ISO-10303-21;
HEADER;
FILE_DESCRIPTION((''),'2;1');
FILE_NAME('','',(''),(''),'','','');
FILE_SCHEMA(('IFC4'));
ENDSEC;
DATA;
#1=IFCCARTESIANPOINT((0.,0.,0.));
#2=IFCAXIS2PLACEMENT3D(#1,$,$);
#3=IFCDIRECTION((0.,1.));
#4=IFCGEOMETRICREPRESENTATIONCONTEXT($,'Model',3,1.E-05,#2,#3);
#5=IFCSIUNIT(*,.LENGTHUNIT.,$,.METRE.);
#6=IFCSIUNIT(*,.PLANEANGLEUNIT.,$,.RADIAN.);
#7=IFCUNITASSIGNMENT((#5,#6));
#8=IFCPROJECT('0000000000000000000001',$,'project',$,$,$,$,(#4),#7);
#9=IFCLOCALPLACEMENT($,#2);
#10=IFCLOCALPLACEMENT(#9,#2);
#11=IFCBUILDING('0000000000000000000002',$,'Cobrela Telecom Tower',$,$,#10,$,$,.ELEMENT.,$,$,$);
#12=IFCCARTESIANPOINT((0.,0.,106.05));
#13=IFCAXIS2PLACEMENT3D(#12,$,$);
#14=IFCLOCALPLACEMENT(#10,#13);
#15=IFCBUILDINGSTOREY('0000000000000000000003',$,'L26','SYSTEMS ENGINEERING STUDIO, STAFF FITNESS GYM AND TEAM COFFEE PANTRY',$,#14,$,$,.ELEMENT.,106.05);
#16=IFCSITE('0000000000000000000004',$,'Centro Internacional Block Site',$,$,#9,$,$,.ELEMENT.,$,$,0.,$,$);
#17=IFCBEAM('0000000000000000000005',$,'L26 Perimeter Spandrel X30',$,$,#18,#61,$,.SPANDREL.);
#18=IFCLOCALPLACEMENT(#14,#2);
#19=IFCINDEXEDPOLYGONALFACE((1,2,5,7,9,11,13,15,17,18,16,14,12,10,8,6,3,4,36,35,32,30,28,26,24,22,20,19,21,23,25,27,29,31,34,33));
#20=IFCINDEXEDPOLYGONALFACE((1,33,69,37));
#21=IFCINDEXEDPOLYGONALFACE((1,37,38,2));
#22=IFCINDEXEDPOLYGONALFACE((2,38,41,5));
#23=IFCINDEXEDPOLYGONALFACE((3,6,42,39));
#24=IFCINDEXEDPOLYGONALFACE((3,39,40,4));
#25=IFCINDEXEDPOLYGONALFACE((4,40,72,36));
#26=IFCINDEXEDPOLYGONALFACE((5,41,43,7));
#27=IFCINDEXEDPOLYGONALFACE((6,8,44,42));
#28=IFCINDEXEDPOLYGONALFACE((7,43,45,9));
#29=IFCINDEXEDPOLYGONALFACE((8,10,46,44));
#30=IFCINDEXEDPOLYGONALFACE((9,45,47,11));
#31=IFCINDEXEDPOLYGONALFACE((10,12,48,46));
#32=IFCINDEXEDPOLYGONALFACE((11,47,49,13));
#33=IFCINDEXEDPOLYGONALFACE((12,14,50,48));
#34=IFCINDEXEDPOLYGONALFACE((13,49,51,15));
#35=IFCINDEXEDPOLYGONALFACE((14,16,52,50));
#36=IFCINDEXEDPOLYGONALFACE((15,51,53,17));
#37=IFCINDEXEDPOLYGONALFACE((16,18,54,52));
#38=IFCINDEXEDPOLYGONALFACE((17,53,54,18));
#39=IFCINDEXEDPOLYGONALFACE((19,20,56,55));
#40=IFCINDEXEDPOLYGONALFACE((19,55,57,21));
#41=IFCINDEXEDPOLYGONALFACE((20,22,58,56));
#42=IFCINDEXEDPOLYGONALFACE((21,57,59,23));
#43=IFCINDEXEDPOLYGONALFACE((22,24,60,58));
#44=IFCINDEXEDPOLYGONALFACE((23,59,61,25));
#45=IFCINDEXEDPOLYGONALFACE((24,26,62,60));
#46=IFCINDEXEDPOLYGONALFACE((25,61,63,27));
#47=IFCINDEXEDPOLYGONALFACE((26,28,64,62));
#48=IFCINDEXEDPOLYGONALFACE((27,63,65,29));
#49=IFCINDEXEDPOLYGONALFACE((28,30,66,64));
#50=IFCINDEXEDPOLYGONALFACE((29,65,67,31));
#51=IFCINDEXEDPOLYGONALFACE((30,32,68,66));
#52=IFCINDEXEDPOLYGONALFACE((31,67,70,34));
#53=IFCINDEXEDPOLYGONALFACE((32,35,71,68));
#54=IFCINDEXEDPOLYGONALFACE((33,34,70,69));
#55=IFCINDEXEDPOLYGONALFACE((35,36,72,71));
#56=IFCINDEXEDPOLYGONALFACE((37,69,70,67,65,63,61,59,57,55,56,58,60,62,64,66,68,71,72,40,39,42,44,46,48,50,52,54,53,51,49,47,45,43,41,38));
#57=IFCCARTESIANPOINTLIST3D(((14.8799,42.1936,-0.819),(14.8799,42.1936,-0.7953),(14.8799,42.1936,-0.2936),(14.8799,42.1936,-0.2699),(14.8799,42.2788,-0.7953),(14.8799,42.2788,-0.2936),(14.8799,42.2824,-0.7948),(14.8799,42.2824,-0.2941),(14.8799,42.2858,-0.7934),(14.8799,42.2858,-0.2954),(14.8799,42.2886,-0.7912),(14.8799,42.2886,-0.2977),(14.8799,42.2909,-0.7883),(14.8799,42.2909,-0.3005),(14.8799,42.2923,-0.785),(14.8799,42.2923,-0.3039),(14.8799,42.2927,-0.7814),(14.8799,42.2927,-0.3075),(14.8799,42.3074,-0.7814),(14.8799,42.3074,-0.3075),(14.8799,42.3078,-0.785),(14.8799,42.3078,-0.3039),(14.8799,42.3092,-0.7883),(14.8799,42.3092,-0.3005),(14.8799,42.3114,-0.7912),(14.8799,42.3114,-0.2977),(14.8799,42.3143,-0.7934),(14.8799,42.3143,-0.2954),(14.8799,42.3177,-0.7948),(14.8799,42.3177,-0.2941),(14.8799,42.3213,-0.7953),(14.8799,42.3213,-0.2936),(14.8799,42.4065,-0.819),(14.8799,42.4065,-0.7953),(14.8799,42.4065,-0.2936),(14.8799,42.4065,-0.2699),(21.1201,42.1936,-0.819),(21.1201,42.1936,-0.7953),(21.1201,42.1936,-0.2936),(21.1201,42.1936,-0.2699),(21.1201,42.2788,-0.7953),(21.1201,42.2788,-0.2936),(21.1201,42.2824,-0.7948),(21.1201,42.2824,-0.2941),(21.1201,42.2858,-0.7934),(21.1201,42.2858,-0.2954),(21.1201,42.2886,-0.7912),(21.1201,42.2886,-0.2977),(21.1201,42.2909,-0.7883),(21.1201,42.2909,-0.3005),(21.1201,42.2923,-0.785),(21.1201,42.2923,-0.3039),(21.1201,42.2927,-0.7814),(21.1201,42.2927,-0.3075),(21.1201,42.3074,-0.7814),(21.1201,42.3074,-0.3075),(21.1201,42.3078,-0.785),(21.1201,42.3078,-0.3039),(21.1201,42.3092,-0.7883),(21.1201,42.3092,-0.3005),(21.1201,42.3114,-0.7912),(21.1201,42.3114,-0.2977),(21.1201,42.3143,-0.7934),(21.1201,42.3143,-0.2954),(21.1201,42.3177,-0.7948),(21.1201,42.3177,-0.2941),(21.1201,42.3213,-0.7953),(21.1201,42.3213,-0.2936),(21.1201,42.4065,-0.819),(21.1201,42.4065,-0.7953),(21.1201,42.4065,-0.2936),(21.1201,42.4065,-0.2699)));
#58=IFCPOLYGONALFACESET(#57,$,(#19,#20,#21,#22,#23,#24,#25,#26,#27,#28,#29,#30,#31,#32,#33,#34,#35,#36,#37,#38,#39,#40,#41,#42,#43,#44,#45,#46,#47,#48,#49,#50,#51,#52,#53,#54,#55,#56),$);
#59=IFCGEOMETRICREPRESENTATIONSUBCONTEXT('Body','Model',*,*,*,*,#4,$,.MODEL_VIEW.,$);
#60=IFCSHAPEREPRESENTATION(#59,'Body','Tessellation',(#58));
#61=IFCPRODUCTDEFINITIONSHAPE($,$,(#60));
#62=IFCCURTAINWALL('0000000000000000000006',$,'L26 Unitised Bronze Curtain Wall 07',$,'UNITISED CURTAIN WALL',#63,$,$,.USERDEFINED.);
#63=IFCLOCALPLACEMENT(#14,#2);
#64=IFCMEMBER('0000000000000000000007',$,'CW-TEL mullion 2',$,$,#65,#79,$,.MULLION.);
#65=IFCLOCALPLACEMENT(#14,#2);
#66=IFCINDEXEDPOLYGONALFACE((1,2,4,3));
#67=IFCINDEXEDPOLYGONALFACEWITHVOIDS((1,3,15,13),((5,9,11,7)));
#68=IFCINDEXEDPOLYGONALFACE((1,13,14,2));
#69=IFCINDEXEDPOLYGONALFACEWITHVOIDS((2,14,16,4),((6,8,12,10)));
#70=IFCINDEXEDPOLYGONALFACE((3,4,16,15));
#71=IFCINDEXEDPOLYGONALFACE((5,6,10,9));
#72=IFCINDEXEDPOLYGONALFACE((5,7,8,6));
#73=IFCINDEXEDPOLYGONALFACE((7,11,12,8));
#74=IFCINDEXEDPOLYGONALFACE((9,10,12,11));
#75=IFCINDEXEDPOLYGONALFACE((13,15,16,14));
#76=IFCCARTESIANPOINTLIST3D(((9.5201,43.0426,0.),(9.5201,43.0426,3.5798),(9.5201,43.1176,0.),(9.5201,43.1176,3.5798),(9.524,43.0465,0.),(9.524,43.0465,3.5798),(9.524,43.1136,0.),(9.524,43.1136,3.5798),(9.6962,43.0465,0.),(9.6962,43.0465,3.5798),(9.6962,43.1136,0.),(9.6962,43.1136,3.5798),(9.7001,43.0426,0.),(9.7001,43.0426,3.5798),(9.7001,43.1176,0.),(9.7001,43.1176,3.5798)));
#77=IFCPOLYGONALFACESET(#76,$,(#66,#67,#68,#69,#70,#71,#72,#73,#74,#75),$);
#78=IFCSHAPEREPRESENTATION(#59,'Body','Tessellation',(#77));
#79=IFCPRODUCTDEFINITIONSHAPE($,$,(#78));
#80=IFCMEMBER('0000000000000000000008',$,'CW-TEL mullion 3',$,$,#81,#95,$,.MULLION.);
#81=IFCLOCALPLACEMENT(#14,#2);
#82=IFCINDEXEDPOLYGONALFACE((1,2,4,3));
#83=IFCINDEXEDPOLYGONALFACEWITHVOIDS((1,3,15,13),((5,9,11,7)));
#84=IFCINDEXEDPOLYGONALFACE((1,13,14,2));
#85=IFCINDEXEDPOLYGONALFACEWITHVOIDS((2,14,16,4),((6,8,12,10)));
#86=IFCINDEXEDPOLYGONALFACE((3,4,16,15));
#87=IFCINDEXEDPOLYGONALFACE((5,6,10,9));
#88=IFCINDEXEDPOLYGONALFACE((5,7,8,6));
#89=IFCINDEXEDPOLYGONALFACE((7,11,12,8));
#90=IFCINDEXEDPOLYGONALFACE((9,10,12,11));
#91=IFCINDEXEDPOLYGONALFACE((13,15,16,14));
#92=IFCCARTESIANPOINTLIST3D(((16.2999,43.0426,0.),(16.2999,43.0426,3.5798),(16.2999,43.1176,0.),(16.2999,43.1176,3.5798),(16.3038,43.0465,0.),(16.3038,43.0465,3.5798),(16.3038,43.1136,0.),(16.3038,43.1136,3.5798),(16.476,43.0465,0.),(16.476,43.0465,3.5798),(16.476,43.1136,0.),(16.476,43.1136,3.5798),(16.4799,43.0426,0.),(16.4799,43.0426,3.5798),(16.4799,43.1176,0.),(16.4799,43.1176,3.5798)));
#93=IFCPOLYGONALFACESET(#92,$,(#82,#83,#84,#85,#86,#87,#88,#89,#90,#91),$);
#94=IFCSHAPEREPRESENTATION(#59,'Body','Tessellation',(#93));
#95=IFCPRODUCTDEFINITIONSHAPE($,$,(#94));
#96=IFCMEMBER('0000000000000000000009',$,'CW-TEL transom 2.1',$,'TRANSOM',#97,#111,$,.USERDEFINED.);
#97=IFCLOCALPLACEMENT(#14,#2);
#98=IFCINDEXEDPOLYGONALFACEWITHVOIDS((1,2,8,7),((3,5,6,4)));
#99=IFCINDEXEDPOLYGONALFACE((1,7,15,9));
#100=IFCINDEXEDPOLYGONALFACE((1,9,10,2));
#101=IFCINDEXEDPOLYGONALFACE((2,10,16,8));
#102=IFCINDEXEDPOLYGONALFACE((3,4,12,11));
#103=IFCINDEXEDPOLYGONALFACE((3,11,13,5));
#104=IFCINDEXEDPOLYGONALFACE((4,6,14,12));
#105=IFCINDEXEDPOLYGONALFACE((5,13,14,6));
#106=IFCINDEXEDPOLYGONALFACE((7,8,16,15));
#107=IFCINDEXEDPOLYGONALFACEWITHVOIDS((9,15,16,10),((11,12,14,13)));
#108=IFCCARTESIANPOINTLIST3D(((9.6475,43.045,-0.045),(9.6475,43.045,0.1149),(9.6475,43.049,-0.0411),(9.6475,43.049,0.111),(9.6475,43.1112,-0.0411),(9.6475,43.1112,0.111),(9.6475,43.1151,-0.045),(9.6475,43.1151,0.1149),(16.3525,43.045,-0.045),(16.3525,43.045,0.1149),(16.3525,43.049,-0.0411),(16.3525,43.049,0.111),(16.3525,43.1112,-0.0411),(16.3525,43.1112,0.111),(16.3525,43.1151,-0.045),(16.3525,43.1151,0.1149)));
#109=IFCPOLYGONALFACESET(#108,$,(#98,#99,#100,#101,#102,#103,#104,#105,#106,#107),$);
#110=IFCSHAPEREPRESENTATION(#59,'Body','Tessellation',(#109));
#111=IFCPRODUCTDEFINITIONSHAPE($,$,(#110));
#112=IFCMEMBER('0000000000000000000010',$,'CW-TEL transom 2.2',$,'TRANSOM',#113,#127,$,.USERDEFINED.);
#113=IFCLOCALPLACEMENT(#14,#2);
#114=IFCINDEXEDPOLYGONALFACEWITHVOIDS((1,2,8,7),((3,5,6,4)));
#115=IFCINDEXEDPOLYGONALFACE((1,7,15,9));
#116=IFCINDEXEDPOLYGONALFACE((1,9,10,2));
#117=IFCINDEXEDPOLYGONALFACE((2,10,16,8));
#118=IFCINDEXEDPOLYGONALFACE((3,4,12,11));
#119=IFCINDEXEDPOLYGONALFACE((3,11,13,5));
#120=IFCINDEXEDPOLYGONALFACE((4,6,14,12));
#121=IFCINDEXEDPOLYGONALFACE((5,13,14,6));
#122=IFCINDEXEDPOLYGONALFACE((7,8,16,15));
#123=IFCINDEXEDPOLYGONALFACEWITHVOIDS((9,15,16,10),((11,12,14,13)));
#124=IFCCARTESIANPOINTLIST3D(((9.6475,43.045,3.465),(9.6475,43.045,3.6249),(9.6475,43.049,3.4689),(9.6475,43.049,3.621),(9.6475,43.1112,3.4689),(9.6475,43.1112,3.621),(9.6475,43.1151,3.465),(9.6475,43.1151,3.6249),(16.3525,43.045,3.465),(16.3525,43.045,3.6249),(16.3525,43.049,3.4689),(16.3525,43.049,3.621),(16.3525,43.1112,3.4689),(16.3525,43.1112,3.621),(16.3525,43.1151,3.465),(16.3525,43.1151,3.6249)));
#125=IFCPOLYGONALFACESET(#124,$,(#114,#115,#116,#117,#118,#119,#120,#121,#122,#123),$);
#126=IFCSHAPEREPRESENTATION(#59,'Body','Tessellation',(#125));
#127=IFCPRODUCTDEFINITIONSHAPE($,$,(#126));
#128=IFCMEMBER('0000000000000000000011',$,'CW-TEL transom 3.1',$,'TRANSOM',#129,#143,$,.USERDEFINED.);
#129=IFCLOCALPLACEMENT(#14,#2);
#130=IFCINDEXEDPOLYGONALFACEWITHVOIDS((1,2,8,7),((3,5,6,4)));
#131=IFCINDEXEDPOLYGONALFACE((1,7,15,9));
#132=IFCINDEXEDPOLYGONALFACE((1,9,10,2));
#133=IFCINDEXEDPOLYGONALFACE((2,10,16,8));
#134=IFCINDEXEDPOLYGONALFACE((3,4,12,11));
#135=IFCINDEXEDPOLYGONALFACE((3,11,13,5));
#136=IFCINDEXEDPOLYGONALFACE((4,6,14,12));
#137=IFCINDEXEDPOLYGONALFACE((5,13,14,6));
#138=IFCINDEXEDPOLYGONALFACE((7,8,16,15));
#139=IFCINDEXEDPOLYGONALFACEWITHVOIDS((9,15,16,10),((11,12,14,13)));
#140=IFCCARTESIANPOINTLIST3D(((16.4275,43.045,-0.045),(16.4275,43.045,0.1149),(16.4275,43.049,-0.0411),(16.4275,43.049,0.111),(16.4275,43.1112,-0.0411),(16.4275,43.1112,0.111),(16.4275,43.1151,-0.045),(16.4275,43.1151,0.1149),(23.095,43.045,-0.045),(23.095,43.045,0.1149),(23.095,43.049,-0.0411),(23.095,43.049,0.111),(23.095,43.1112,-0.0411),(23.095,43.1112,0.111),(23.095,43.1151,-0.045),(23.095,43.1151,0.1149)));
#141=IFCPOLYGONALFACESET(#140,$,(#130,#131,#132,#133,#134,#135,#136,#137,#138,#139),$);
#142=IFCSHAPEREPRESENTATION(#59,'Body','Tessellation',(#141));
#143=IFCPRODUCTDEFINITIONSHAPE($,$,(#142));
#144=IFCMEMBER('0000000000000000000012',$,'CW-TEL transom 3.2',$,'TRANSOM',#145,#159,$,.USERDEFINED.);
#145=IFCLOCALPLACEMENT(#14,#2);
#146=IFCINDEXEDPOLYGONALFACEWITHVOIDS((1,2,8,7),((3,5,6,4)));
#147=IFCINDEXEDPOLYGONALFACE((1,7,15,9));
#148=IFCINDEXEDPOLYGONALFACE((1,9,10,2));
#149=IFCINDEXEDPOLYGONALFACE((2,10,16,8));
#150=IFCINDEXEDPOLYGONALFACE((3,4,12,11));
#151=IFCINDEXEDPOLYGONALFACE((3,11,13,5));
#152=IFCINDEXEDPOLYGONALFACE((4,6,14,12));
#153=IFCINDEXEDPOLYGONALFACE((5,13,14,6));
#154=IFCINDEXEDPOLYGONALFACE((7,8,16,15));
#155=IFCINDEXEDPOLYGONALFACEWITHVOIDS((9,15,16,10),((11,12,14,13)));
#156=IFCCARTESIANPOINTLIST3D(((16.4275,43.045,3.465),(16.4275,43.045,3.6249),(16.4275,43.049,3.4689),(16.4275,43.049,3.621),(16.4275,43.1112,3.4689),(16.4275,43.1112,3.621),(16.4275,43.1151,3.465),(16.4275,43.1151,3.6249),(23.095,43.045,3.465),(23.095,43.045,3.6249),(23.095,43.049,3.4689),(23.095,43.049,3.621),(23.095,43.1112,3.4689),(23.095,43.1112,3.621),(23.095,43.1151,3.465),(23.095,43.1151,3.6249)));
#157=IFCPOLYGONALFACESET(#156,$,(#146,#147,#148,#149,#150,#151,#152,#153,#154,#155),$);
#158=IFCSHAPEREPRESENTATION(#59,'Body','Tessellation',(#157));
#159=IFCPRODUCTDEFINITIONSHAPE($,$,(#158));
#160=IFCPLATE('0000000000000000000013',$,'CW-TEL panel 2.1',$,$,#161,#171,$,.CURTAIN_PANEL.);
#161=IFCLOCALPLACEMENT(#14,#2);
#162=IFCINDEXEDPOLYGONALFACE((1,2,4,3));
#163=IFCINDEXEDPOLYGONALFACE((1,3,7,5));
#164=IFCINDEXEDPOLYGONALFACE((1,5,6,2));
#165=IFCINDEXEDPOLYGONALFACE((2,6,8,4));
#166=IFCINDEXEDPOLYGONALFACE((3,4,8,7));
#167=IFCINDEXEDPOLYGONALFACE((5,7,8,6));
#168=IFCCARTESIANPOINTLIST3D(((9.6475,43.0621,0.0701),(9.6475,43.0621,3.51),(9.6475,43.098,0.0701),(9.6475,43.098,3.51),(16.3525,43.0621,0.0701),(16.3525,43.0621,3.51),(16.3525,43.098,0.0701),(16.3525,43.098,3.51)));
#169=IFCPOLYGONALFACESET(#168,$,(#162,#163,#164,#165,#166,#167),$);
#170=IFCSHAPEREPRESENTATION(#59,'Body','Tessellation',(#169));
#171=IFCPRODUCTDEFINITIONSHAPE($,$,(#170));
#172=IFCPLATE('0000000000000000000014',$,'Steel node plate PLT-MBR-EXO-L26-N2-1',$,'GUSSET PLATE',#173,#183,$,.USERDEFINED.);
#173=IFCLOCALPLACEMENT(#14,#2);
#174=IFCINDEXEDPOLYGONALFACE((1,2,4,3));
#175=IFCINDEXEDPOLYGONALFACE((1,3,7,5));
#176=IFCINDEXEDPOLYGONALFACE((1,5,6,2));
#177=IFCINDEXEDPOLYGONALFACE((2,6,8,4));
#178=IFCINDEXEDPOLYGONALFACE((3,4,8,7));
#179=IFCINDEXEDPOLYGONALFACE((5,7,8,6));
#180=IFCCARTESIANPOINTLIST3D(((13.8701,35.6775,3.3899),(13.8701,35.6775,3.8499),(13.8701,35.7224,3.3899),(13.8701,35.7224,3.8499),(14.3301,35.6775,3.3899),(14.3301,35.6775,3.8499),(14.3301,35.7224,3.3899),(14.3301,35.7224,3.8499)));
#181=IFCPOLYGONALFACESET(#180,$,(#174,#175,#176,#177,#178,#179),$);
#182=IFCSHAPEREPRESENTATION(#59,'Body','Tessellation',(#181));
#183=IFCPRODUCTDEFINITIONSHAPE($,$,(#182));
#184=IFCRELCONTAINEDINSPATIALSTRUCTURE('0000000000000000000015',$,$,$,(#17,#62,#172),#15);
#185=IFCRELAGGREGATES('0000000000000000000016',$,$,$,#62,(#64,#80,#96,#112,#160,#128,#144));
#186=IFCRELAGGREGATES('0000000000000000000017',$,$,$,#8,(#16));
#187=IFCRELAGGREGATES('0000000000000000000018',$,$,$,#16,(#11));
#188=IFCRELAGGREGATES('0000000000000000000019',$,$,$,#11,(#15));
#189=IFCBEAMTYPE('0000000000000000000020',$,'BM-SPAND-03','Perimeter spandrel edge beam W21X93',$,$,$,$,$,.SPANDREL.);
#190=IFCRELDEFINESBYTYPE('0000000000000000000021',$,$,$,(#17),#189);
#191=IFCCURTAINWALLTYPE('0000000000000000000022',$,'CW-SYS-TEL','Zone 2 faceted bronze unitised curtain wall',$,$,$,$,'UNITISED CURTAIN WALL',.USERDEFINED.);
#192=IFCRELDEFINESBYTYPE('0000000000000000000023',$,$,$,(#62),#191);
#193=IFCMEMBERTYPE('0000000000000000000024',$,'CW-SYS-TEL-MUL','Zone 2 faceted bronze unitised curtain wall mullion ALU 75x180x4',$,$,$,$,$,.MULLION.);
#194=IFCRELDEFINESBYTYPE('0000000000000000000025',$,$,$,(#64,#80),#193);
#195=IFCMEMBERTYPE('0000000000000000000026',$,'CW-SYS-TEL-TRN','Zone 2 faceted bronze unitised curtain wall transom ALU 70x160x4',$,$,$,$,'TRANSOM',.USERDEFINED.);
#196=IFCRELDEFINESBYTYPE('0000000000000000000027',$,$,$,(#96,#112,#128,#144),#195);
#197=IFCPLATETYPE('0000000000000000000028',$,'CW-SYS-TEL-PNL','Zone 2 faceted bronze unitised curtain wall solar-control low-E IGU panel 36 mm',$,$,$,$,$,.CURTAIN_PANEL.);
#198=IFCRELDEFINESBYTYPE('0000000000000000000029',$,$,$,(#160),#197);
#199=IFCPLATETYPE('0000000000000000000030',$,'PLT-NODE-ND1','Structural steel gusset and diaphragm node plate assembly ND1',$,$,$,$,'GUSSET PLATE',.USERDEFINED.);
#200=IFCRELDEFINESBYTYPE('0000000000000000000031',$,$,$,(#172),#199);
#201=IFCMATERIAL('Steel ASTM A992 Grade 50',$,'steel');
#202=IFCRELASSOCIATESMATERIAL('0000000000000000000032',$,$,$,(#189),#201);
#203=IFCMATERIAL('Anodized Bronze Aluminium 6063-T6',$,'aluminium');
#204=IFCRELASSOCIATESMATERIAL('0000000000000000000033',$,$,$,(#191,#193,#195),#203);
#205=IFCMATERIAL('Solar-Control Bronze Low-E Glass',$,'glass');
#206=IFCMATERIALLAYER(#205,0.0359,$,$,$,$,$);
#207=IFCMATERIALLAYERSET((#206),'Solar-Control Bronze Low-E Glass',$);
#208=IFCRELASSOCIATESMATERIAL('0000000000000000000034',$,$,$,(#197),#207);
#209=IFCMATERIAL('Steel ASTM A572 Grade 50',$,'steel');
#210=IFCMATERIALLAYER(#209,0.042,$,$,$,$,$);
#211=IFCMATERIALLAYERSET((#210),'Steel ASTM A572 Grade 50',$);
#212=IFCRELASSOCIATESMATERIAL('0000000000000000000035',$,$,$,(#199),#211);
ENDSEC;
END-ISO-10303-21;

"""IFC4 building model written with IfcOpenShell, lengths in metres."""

from ifc_helpers import new_model, si_unit, direction, frame, origin, origin_2d, place, context, subcontext, project, spatial, rectangle, hollow_rectangle, i_section, extrude, material, layer, layer_set, material_profile, profile_set, type_object, element, aggregate, save


model = new_model("IFC4")

# Units and contexts
model_context = context("Model", 3, precision=1e-05, world=origin(), true_north=direction((0.0, 1.0)))
body_context = subcontext(model_context, "Body", "Model", "MODEL_VIEW")
ifc_project = project(units=[si_unit("LENGTHUNIT", "METRE"), si_unit("PLANEANGLEUNIT", "RADIAN")], contexts=[model_context])

# Site, building, storey
site_placement = place(None, origin())
site = spatial("IfcSite", under=ifc_project, at=site_placement, Name="Centro Internacional Block Site", CompositionType="ELEMENT", RefElevation=0.0)
building_placement = place(site_placement, origin())
building = spatial("IfcBuilding", under=site, at=building_placement, Name="Cobrela Telecom Tower", CompositionType="ELEMENT")
storey_placement = place(building_placement, frame((0.0, 0.0, 106.05)))
storey = spatial("IfcBuildingStorey", under=building, at=storey_placement, Name="L26", Description="SYSTEMS ENGINEERING STUDIO, STAFF FITNESS GYM AND TEAM COFFEE PANTRY", CompositionType="ELEMENT", Elevation=106.05)

# Shared definitions
ifc_material_1 = material(Name="Steel ASTM A572 Grade 50", Category="steel")

# Beam
ifc_material_2 = material(Name="Steel ASTM A992 Grade 50", Category="steel")
ifc_material_profile_1 = material_profile(ifc_material_2, i_section(OverallWidth=0.2129, OverallDepth=0.5491, WebThickness=0.0146, FlangeThickness=0.0237, FilletRadius=0.0139, at=origin_2d()), Name="W21X93")
ifc_profile_set_1 = profile_set([ifc_material_profile_1], Name="Steel ASTM A992 Grade 50")
beam_type_1 = type_object("IfcBeamType", Name="BM-SPAND-03", Description="Perimeter spandrel edge beam W21X93", PredefinedType="SPANDREL", material=ifc_profile_set_1)
beam_1_placement = place(storey_placement, frame((14.8799, 42.3, -0.5444), z_axis=(1.0, 0.0, 0.0), x_axis=(0.0, 1.0, 0.0)))
element("IfcBeam", 1, at=beam_1_placement, inside=storey, type_object=beam_type_1, Name="L26 Perimeter Spandrel X30", PredefinedType="SPANDREL", context=body_context, shape_type="SweptSolid", body=[
    extrude(i_section(OverallWidth=0.2129, OverallDepth=0.5491, WebThickness=0.0146, FlangeThickness=0.0237, FilletRadius=0.0139, at=origin_2d()), origin(), (0.0, 0.0, 1.0), 6.2402),
])

# Curtain wall, members, plate
ifc_material_3 = material(Name="Anodized Bronze Aluminium 6063-T6", Category="aluminium")
curtain_wall_type = type_object("IfcCurtainWallType", Name="CW-SYS-TEL", Description="Zone 2 faceted bronze unitised curtain wall", ElementType="UNITISED CURTAIN WALL", PredefinedType="USERDEFINED", material=ifc_material_3)
curtain_wall_placement = place(storey_placement, origin())
curtain_wall = element("IfcCurtainWall", 2, at=curtain_wall_placement, inside=storey, type_object=curtain_wall_type, Name="L26 Unitised Bronze Curtain Wall 07", ObjectType="UNITISED CURTAIN WALL", PredefinedType="USERDEFINED")
ifc_material_profile_2 = material_profile(ifc_material_3, hollow_rectangle(XDim=0.075, YDim=0.1799, WallThickness=0.0039, at=origin_2d()), Name="ALU 75x180x4")
ifc_profile_set_2 = profile_set([ifc_material_profile_2], Name="Anodized Bronze Aluminium 6063-T6")
member_type_1 = type_object("IfcMemberType", Name="CW-SYS-TEL-MUL", Description="Zone 2 faceted bronze unitised curtain wall mullion ALU 75x180x4", PredefinedType="MULLION", material=ifc_profile_set_2)
member_1_placement = place(storey_placement, frame((9.6101, 43.0801, 0.0), z_axis=(0.0, 0.0, 1.0), x_axis=(0.0, 1.0, 0.0)))
member_1 = element("IfcMember", 3, at=member_1_placement, type_object=member_type_1, Name="CW-TEL mullion 2", PredefinedType="MULLION", context=body_context, shape_type="SweptSolid", body=[
    extrude(hollow_rectangle(XDim=0.075, YDim=0.1799, WallThickness=0.0039, at=origin_2d()), origin(), (0.0, 0.0, 1.0), 3.5798),
])
member_2_placement = place(storey_placement, frame((16.3899, 43.0801, 0.0), z_axis=(0.0, 0.0, 1.0), x_axis=(0.0, 1.0, 0.0)))
member_2 = element("IfcMember", 4, at=member_2_placement, type_object=member_type_1, Name="CW-TEL mullion 3", PredefinedType="MULLION", context=body_context, shape_type="SweptSolid", body=[
    extrude(hollow_rectangle(XDim=0.075, YDim=0.1799, WallThickness=0.0039, at=origin_2d()), origin(), (0.0, 0.0, 1.0), 3.5798),
])
ifc_material_profile_3 = material_profile(ifc_material_3, hollow_rectangle(XDim=0.0701, YDim=0.1599, WallThickness=0.0039, at=origin_2d()), Name="ALU 70x160x4")
ifc_profile_set_3 = profile_set([ifc_material_profile_3], Name="Anodized Bronze Aluminium 6063-T6")
member_type_2 = type_object("IfcMemberType", Name="CW-SYS-TEL-TRN", Description="Zone 2 faceted bronze unitised curtain wall transom ALU 70x160x4", ElementType="TRANSOM", PredefinedType="USERDEFINED", material=ifc_profile_set_3)
member_3_placement = place(storey_placement, frame((9.6475, 43.0801, 0.0349), z_axis=(1.0, 0.0, 0.0), x_axis=(0.0, 1.0, 0.0)))
member_3 = element("IfcMember", 5, at=member_3_placement, type_object=member_type_2, Name="CW-TEL transom 2.1", ObjectType="TRANSOM", PredefinedType="USERDEFINED", context=body_context, shape_type="SweptSolid", body=[
    extrude(hollow_rectangle(XDim=0.0701, YDim=0.1599, WallThickness=0.0039, at=origin_2d()), origin(), (0.0, 0.0, 1.0), 6.7051),
])
member_4_placement = place(storey_placement, frame((9.6475, 43.0801, 3.5449), z_axis=(1.0, 0.0, 0.0), x_axis=(0.0, 1.0, 0.0)))
member_4 = element("IfcMember", 6, at=member_4_placement, type_object=member_type_2, Name="CW-TEL transom 2.2", ObjectType="TRANSOM", PredefinedType="USERDEFINED", context=body_context, shape_type="SweptSolid", body=[
    extrude(hollow_rectangle(XDim=0.0701, YDim=0.1599, WallThickness=0.0039, at=origin_2d()), origin(), (0.0, 0.0, 1.0), 6.7051),
])
member_5_placement = place(storey_placement, frame((16.4275, 43.0801, 0.0349), z_axis=(1.0, 0.0, 0.0), x_axis=(0.0, 1.0, 0.0)))
member_5 = element("IfcMember", 7, at=member_5_placement, type_object=member_type_2, Name="CW-TEL transom 3.1", ObjectType="TRANSOM", PredefinedType="USERDEFINED", context=body_context, shape_type="SweptSolid", body=[
    extrude(hollow_rectangle(XDim=0.0701, YDim=0.1599, WallThickness=0.0039, at=origin_2d()), origin(), (0.0, 0.0, 1.0), 6.6675),
])
member_6_placement = place(storey_placement, frame((16.4275, 43.0801, 3.5449), z_axis=(1.0, 0.0, 0.0), x_axis=(0.0, 1.0, 0.0)))
member_6 = element("IfcMember", 8, at=member_6_placement, type_object=member_type_2, Name="CW-TEL transom 3.2", ObjectType="TRANSOM", PredefinedType="USERDEFINED", context=body_context, shape_type="SweptSolid", body=[
    extrude(hollow_rectangle(XDim=0.0701, YDim=0.1599, WallThickness=0.0039, at=origin_2d()), origin(), (0.0, 0.0, 1.0), 6.6675),
])
ifc_material_4 = material(Name="Solar-Control Bronze Low-E Glass", Category="glass")
ifc_layer_1 = layer(ifc_material_4, 0.0359)
ifc_layer_set_1 = layer_set([ifc_layer_1], Name="Solar-Control Bronze Low-E Glass")
plate_type_1 = type_object("IfcPlateType", Name="CW-SYS-TEL-PNL", Description="Zone 2 faceted bronze unitised curtain wall solar-control low-E IGU panel 36 mm", PredefinedType="CURTAIN_PANEL", material=ifc_layer_set_1)
plate_1_placement = place(storey_placement, frame((13.0, 43.0801, 0.0701), z_axis=(0.0, 0.0, 1.0), x_axis=(1.0, 0.0, 0.0)))
plate_1 = element("IfcPlate", 9, at=plate_1_placement, type_object=plate_type_1, Name="CW-TEL panel 2.1", PredefinedType="CURTAIN_PANEL", context=body_context, shape_type="SweptSolid", body=[
    extrude(rectangle(XDim=6.7051, YDim=0.0359, at=origin_2d()), origin(), (0.0, 0.0, 1.0), 3.4399),
])
aggregate(curtain_wall, [member_1, member_2, member_3, member_4, plate_1, member_5, member_6])

# Plate
ifc_layer_2 = layer(ifc_material_1, 0.042)
ifc_layer_set_2 = layer_set([ifc_layer_2], Name="Steel ASTM A572 Grade 50")
plate_type_2 = type_object("IfcPlateType", Name="PLT-NODE-ND1", Description="Structural steel gusset and diaphragm node plate assembly ND1", ElementType="GUSSET PLATE", PredefinedType="USERDEFINED", material=ifc_layer_set_2)
plate_2_placement = place(storey_placement, frame((14.1001, 35.7, 3.3899), z_axis=(0.0, 0.0, 1.0), x_axis=(1.0, 0.0, 0.0)))
element("IfcPlate", 10, at=plate_2_placement, inside=storey, type_object=plate_type_2, Name="Steel node plate PLT-MBR-EXO-L26-N2-1", ObjectType="GUSSET PLATE", PredefinedType="USERDEFINED", context=body_context, shape_type="SweptSolid", body=[
    extrude(rectangle(XDim=0.46, YDim=0.0449, at=origin_2d()), origin(), (0.0, 0.0, 1.0), 0.46),
])

save(model, "model.ifc")
